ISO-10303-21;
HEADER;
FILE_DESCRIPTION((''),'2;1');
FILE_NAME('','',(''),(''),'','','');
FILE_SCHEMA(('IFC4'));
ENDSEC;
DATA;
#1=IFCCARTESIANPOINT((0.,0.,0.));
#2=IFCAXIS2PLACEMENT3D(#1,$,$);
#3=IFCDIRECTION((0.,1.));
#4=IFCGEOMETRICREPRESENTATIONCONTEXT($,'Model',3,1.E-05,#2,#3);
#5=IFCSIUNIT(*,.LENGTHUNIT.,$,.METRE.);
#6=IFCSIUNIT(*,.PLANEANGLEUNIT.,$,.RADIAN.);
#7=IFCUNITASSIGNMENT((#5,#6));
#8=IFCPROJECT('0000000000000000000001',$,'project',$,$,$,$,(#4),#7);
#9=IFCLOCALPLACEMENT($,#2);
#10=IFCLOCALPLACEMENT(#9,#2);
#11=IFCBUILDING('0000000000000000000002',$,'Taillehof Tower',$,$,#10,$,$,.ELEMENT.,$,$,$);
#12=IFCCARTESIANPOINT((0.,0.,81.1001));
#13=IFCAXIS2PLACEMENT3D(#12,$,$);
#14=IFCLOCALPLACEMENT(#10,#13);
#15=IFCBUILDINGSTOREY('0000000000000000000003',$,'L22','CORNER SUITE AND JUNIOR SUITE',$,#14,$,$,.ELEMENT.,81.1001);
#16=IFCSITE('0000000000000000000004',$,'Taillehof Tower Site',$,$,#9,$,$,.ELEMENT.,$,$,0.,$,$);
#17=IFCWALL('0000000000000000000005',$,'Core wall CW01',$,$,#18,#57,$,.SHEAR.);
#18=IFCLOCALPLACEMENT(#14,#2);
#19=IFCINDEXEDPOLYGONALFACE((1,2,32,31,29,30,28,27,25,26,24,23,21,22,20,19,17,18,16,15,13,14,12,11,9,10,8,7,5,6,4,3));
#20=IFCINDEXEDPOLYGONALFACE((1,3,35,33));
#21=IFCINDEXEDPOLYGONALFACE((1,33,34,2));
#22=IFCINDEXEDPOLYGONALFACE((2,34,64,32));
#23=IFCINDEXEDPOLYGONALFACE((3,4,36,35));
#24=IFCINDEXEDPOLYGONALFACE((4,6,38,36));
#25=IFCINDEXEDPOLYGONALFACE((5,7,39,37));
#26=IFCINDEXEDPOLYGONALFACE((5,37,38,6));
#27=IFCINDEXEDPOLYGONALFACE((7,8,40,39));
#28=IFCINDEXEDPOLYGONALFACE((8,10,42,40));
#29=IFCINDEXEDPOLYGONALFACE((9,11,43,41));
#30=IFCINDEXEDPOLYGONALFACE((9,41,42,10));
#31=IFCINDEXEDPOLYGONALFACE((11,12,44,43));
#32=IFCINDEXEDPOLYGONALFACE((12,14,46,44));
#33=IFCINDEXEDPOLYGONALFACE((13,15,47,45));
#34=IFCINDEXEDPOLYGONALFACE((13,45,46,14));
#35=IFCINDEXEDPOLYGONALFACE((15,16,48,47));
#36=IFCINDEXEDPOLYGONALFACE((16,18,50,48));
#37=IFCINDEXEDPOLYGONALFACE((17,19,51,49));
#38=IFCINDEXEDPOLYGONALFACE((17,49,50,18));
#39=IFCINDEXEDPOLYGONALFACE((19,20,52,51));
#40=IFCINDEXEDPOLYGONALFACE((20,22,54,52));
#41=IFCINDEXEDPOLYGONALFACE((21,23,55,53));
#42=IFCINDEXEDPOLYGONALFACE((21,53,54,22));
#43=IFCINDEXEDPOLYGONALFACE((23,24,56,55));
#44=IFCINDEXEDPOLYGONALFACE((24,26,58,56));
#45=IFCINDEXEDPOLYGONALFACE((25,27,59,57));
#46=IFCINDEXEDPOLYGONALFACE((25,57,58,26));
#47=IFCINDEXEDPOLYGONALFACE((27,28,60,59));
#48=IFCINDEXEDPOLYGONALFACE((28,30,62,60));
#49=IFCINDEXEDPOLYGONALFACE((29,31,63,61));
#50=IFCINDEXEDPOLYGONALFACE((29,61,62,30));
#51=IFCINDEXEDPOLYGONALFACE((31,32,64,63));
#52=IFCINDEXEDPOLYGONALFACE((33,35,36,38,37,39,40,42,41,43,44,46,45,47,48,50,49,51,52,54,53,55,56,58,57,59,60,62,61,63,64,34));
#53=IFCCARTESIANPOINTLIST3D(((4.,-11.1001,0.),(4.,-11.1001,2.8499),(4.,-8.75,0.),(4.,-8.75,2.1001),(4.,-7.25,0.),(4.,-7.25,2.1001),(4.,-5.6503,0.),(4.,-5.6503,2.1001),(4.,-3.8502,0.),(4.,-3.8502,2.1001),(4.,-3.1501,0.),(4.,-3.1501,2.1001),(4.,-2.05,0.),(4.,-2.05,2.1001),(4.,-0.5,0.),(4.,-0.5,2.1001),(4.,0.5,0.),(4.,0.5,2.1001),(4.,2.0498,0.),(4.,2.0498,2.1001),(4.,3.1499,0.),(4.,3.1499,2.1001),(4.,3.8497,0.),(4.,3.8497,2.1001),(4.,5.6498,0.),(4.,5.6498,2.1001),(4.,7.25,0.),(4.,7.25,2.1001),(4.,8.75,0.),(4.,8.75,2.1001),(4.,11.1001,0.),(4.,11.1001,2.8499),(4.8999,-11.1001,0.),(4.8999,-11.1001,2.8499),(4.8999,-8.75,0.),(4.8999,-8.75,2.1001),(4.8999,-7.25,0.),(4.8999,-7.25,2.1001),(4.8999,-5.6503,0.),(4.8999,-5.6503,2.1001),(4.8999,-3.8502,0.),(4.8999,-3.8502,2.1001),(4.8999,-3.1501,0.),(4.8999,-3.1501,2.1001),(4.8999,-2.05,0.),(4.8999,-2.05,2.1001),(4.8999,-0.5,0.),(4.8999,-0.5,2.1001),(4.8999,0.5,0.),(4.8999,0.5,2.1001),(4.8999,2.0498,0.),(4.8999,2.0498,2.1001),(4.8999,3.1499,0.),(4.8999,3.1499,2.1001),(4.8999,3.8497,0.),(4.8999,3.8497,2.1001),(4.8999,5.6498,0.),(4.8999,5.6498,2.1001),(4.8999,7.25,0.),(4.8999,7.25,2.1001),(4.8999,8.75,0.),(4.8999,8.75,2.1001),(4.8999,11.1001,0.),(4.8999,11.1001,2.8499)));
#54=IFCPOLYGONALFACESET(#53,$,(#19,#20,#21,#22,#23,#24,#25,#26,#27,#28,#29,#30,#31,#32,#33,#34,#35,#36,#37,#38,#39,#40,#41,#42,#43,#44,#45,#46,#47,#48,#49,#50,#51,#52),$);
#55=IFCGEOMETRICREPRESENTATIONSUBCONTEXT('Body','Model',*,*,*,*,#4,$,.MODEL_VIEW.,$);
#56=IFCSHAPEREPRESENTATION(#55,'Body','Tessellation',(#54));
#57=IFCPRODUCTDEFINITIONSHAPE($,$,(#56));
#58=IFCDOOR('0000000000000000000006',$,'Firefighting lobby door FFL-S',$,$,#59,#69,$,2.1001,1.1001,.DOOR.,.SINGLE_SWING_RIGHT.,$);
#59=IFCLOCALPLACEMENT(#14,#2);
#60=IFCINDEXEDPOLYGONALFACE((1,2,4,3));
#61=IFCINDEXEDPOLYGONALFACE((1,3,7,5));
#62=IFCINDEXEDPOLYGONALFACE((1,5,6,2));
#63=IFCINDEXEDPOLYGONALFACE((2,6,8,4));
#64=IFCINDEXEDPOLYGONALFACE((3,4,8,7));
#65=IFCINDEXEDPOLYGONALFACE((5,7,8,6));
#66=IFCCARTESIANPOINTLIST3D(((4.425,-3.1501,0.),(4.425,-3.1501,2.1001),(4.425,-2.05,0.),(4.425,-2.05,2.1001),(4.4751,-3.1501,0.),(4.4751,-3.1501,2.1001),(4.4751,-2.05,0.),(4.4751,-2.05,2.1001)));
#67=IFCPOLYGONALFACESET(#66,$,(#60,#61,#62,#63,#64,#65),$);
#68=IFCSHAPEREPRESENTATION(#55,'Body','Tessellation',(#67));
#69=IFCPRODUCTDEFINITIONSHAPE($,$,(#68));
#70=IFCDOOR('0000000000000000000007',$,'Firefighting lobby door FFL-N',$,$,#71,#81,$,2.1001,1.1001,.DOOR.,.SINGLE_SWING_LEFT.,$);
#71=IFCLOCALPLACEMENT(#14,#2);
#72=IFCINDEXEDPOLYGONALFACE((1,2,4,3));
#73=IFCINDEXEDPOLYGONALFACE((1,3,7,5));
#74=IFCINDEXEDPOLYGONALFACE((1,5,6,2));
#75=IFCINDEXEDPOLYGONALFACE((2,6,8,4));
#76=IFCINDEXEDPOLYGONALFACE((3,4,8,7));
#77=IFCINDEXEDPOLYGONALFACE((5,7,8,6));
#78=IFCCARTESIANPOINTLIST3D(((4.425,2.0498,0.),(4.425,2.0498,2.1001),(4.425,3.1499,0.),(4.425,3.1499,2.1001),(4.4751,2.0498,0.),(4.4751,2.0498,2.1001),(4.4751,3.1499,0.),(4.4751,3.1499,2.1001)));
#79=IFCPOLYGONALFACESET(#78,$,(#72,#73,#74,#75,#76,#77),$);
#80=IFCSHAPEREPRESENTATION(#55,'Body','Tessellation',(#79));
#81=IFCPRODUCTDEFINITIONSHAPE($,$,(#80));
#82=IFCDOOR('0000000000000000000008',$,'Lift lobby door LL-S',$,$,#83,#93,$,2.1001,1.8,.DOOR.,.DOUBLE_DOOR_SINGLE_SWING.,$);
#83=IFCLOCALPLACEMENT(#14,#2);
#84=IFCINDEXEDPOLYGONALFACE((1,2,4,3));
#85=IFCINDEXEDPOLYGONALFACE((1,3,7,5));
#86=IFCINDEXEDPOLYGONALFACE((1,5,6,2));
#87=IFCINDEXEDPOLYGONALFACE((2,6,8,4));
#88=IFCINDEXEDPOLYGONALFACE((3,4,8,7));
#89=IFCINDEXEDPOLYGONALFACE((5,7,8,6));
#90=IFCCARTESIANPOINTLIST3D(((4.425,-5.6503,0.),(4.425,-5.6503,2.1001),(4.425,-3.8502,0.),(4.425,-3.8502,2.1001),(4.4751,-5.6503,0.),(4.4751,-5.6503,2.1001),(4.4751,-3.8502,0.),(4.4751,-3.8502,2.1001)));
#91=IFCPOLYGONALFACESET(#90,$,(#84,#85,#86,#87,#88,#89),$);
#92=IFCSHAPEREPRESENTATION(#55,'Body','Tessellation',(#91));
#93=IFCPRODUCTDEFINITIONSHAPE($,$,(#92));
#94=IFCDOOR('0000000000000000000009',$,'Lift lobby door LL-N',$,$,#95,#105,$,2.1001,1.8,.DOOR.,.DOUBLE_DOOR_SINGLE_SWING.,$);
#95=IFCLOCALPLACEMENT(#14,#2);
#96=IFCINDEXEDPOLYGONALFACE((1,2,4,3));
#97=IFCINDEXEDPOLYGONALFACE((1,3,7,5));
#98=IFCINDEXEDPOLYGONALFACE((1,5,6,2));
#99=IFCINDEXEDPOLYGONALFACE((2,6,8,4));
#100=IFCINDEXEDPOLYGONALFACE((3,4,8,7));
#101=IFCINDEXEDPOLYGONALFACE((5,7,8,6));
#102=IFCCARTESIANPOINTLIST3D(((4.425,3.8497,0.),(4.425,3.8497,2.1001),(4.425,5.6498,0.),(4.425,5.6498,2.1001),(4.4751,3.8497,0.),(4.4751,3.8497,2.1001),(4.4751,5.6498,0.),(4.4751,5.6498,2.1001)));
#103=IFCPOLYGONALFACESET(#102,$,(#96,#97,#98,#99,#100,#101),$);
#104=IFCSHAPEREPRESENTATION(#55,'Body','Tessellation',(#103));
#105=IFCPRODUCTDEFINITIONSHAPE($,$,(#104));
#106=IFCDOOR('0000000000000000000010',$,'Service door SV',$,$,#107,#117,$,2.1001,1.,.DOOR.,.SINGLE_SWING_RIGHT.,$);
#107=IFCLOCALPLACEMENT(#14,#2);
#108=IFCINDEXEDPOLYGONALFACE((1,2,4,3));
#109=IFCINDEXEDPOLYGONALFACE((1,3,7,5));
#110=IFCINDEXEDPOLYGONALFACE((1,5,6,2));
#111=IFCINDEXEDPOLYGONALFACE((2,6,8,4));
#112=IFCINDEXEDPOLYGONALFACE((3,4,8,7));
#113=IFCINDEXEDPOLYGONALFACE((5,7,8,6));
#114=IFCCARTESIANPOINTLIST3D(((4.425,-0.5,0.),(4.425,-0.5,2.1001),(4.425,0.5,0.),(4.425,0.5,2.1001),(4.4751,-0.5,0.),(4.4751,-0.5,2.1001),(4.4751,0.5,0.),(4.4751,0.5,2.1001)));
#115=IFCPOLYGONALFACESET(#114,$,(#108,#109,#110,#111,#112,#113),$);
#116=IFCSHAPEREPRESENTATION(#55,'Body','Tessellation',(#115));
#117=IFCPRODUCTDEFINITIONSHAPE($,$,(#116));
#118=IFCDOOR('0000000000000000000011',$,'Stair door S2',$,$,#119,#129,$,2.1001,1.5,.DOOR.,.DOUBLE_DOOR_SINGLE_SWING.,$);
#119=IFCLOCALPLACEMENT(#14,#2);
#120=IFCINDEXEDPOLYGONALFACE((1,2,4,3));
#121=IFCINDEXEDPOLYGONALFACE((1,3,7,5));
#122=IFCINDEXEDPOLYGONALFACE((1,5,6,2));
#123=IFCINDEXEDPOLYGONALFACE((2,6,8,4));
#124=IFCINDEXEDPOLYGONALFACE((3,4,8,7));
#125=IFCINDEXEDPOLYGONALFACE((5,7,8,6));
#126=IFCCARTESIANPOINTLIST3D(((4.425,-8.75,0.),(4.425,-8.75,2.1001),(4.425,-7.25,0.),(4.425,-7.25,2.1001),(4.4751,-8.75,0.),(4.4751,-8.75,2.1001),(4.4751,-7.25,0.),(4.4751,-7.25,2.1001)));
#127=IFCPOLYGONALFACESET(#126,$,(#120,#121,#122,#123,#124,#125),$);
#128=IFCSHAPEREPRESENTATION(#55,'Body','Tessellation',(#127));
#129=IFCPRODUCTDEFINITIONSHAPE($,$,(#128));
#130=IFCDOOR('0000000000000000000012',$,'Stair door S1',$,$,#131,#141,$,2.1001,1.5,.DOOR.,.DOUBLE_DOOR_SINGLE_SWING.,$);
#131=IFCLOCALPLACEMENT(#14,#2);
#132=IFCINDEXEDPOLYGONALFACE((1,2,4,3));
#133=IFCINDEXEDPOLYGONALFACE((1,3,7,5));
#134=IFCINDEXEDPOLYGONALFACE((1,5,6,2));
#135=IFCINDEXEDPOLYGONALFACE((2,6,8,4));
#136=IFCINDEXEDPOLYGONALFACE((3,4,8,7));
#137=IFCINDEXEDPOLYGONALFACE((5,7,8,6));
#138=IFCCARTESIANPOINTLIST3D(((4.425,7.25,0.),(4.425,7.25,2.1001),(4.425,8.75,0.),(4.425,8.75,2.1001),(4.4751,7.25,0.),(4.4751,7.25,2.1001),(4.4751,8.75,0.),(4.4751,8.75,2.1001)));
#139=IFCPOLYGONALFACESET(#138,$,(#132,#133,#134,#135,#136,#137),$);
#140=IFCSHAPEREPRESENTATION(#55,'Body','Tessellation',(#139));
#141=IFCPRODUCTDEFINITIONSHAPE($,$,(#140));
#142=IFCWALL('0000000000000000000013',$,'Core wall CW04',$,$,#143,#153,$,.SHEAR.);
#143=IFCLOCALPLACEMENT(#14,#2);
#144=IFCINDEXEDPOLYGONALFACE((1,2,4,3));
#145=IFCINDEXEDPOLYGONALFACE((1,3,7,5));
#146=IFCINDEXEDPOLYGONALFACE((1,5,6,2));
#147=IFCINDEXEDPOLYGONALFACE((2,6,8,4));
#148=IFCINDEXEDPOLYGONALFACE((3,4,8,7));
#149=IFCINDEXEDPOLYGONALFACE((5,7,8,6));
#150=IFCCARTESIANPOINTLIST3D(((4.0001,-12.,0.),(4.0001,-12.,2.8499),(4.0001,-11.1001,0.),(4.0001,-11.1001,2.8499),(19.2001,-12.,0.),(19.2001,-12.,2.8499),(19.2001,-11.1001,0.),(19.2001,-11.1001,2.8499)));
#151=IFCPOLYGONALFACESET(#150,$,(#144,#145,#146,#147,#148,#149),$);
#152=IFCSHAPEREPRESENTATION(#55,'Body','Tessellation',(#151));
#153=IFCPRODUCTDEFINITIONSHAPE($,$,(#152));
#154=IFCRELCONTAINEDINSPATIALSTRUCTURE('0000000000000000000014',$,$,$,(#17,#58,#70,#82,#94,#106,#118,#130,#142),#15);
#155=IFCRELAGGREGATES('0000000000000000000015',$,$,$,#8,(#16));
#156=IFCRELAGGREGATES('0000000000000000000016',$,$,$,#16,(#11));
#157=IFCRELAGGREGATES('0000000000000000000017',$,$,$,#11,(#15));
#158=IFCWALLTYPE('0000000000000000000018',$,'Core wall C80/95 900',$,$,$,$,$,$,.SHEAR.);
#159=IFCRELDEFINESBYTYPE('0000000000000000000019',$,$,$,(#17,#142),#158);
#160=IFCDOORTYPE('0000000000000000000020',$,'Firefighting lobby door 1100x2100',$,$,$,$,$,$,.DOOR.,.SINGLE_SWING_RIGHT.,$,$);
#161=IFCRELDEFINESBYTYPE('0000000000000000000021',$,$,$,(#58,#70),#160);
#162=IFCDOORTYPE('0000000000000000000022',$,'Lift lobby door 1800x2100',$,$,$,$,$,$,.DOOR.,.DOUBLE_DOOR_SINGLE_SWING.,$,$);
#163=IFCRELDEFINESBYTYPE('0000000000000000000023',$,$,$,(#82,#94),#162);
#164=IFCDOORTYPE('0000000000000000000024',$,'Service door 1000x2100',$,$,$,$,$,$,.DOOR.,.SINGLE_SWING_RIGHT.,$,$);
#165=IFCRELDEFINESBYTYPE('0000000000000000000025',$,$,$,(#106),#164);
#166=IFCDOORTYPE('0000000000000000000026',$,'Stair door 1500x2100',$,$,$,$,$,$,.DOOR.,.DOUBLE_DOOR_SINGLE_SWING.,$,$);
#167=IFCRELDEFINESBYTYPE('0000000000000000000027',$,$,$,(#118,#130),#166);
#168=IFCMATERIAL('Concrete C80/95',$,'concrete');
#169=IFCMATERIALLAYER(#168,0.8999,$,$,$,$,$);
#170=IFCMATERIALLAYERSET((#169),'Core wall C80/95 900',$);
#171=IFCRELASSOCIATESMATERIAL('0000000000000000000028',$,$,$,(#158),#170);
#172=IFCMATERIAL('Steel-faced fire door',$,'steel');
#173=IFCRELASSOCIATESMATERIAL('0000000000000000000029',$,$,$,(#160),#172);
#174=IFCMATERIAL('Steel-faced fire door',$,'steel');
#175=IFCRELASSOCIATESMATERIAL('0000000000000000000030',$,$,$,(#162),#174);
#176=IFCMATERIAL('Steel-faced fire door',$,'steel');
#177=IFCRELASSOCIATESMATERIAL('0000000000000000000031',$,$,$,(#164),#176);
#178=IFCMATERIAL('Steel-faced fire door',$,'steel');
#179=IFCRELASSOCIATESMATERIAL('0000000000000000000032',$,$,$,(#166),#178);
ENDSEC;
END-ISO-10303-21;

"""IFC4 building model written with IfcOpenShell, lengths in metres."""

from ifc_helpers import new_model, si_unit, direction, frame, frame_2d, origin, place, context, subcontext, project, spatial, rectangle, extrude, material, layer, layer_set, type_object, element, fill, save


model = new_model("IFC4")

# Units and contexts
model_context = context("Model", 3, precision=1e-05, world=origin(), true_north=direction((0.0, 1.0)))
body_context = subcontext(model_context, "Body", "Model", "MODEL_VIEW")
ifc_project = project(units=[si_unit("LENGTHUNIT", "METRE"), si_unit("PLANEANGLEUNIT", "RADIAN")], contexts=[model_context])

# Site, building, storey
site_placement = place(None, origin())
site = spatial("IfcSite", under=ifc_project, at=site_placement, Name="Taillehof Tower Site", CompositionType="ELEMENT", RefElevation=0.0)
building_placement = place(site_placement, origin())
building = spatial("IfcBuilding", under=site, at=building_placement, Name="Taillehof Tower", CompositionType="ELEMENT")
storey_placement = place(building_placement, frame((0.0, 0.0, 81.1001)))
storey = spatial("IfcBuildingStorey", under=building, at=storey_placement, Name="L22", Description="CORNER SUITE AND JUNIOR SUITE", CompositionType="ELEMENT", Elevation=81.1001)

# Wall, openings, doors
ifc_material_1 = material(Name="Concrete C80/95", Category="concrete")
ifc_layer_1 = layer(ifc_material_1, 0.8999)
ifc_layer_set_1 = layer_set([ifc_layer_1], Name="Core wall C80/95 900")
wall_type_1 = type_object("IfcWallType", Name="Core wall C80/95 900", PredefinedType="SHEAR", material=ifc_layer_set_1)
wall_1_placement = place(storey_placement, frame((4.45, -11.1001, 0.0), z_axis=(0.0, 0.0, 1.0), x_axis=(0.0, 1.0, 0.0)))
wall_1 = element("IfcWall", 1, at=wall_1_placement, inside=storey, type_object=wall_type_1, Name="Core wall CW01", PredefinedType="SHEAR", context=body_context, shape_type="SweptSolid", body=[
    extrude(rectangle(XDim=22.2002, YDim=0.8999, at=frame_2d((11.1001, 0.0))), origin(), (0.0, 0.0, 1.0), 2.8499),
])
opening_1_placement = place(wall_1_placement, frame((2.3501, 0.0, 0.0)))
opening_1 = element("IfcOpeningElement", 2, at=opening_1_placement, cuts=wall_1, PredefinedType="OPENING", context=body_context, shape_type="SweptSolid", body=[
    extrude(rectangle(XDim=1.5, YDim=2.1001, at=frame_2d((0.75, 1.05))), frame((0.0, 0.46, 0.0), z_axis=(0.0, -1.0, 0.0), x_axis=(1.0, 0.0, 0.0)), (0.0, 0.0, 1.0), 0.9199),
])
opening_2_placement = place(wall_1_placement, frame((5.45, 0.0, 0.0)))
opening_2 = element("IfcOpeningElement", 3, at=opening_2_placement, cuts=wall_1, PredefinedType="OPENING", context=body_context, shape_type="SweptSolid", body=[
    extrude(rectangle(XDim=1.8, YDim=2.1001, at=frame_2d((0.8999, 1.05))), frame((0.0, 0.46, 0.0), z_axis=(0.0, -1.0, 0.0), x_axis=(1.0, 0.0, 0.0)), (0.0, 0.0, 1.0), 0.9199),
])
opening_3_placement = place(wall_1_placement, frame((7.95, 0.0, 0.0)))
opening_3 = element("IfcOpeningElement", 4, at=opening_3_placement, cuts=wall_1, PredefinedType="OPENING", context=body_context, shape_type="SweptSolid", body=[
    extrude(rectangle(XDim=1.1001, YDim=2.1001, at=frame_2d((0.55, 1.05))), frame((0.0, 0.46, 0.0), z_axis=(0.0, -1.0, 0.0), x_axis=(1.0, 0.0, 0.0)), (0.0, 0.0, 1.0), 0.9199),
])
opening_4_placement = place(wall_1_placement, frame((10.6001, 0.0, 0.0)))
opening_4 = element("IfcOpeningElement", 5, at=opening_4_placement, cuts=wall_1, PredefinedType="OPENING", context=body_context, shape_type="SweptSolid", body=[
    extrude(rectangle(XDim=1.0, YDim=2.1001, at=frame_2d((0.5, 1.05))), frame((0.0, 0.46, 0.0), z_axis=(0.0, -1.0, 0.0), x_axis=(1.0, 0.0, 0.0)), (0.0, 0.0, 1.0), 0.9199),
])
opening_5_placement = place(wall_1_placement, frame((13.1499, 0.0, 0.0)))
opening_5 = element("IfcOpeningElement", 6, at=opening_5_placement, cuts=wall_1, PredefinedType="OPENING", context=body_context, shape_type="SweptSolid", body=[
    extrude(rectangle(XDim=1.1001, YDim=2.1001, at=frame_2d((0.55, 1.05))), frame((0.0, 0.46, 0.0), z_axis=(0.0, -1.0, 0.0), x_axis=(1.0, 0.0, 0.0)), (0.0, 0.0, 1.0), 0.9199),
])
opening_6_placement = place(wall_1_placement, frame((14.95, 0.0, 0.0)))
opening_6 = element("IfcOpeningElement", 7, at=opening_6_placement, cuts=wall_1, PredefinedType="OPENING", context=body_context, shape_type="SweptSolid", body=[
    extrude(rectangle(XDim=1.8, YDim=2.1001, at=frame_2d((0.8999, 1.05))), frame((0.0, 0.46, 0.0), z_axis=(0.0, -1.0, 0.0), x_axis=(1.0, 0.0, 0.0)), (0.0, 0.0, 1.0), 0.9199),
])
opening_7_placement = place(wall_1_placement, frame((18.3501, 0.0, 0.0)))
opening_7 = element("IfcOpeningElement", 8, at=opening_7_placement, cuts=wall_1, PredefinedType="OPENING", context=body_context, shape_type="SweptSolid", body=[
    extrude(rectangle(XDim=1.5, YDim=2.1001, at=frame_2d((0.75, 1.05))), frame((0.0, 0.46, 0.0), z_axis=(0.0, -1.0, 0.0), x_axis=(1.0, 0.0, 0.0)), (0.0, 0.0, 1.0), 0.9199),
])
ifc_material_2 = material(Name="Steel-faced fire door", Category="steel")
door_type_1 = type_object("IfcDoorType", Name="Firefighting lobby door 1100x2100", OperationType="SINGLE_SWING_RIGHT", PredefinedType="DOOR", material=ifc_material_2)
door_1_placement = place(opening_3_placement, origin())
door_1 = element("IfcDoor", 9, at=door_1_placement, inside=storey, type_object=door_type_1, Name="Firefighting lobby door FFL-S", OperationType="SINGLE_SWING_RIGHT", OverallHeight=2.1001, OverallWidth=1.1001, PredefinedType="DOOR", context=body_context, shape_type="SweptSolid", body=[
    extrude(rectangle(XDim=1.1001, YDim=2.1001, at=frame_2d((0.55, 1.05))), frame((0.0, 0.0249, 0.0), z_axis=(0.0, -1.0, 0.0), x_axis=(1.0, 0.0, 0.0)), (0.0, 0.0, 1.0), 0.05),
])
fill(opening_3, door_1)
door_2_placement = place(opening_5_placement, origin())
door_2 = element("IfcDoor", 10, at=door_2_placement, inside=storey, type_object=door_type_1, Name="Firefighting lobby door FFL-N", OperationType="SINGLE_SWING_LEFT", OverallHeight=2.1001, OverallWidth=1.1001, PredefinedType="DOOR", context=body_context, shape_type="SweptSolid", body=[
    extrude(rectangle(XDim=1.1001, YDim=2.1001, at=frame_2d((0.55, 1.05))), frame((0.0, 0.0249, 0.0), z_axis=(0.0, -1.0, 0.0), x_axis=(1.0, 0.0, 0.0)), (0.0, 0.0, 1.0), 0.05),
])
fill(opening_5, door_2)
ifc_material_3 = material(Name="Steel-faced fire door", Category="steel")
door_type_2 = type_object("IfcDoorType", Name="Lift lobby door 1800x2100", OperationType="DOUBLE_DOOR_SINGLE_SWING", PredefinedType="DOOR", material=ifc_material_3)
door_3_placement = place(opening_2_placement, origin())
door_3 = element("IfcDoor", 11, at=door_3_placement, inside=storey, type_object=door_type_2, Name="Lift lobby door LL-S", OperationType="DOUBLE_DOOR_SINGLE_SWING", OverallHeight=2.1001, OverallWidth=1.8, PredefinedType="DOOR", context=body_context, shape_type="SweptSolid", body=[
    extrude(rectangle(XDim=1.8, YDim=2.1001, at=frame_2d((0.8999, 1.05))), frame((0.0, 0.0249, 0.0), z_axis=(0.0, -1.0, 0.0), x_axis=(1.0, 0.0, 0.0)), (0.0, 0.0, 1.0), 0.05),
])
fill(opening_2, door_3)
door_4_placement = place(opening_6_placement, origin())
door_4 = element("IfcDoor", 12, at=door_4_placement, inside=storey, type_object=door_type_2, Name="Lift lobby door LL-N", OperationType="DOUBLE_DOOR_SINGLE_SWING", OverallHeight=2.1001, OverallWidth=1.8, PredefinedType="DOOR", context=body_context, shape_type="SweptSolid", body=[
    extrude(rectangle(XDim=1.8, YDim=2.1001, at=frame_2d((0.8999, 1.05))), frame((0.0, 0.0249, 0.0), z_axis=(0.0, -1.0, 0.0), x_axis=(1.0, 0.0, 0.0)), (0.0, 0.0, 1.0), 0.05),
])
fill(opening_6, door_4)
ifc_material_4 = material(Name="Steel-faced fire door", Category="steel")
door_type_3 = type_object("IfcDoorType", Name="Service door 1000x2100", OperationType="SINGLE_SWING_RIGHT", PredefinedType="DOOR", material=ifc_material_4)
door_5_placement = place(opening_4_placement, origin())
door_5 = element("IfcDoor", 13, at=door_5_placement, inside=storey, type_object=door_type_3, Name="Service door SV", OperationType="SINGLE_SWING_RIGHT", OverallHeight=2.1001, OverallWidth=1.0, PredefinedType="DOOR", context=body_context, shape_type="SweptSolid", body=[
    extrude(rectangle(XDim=1.0, YDim=2.1001, at=frame_2d((0.5, 1.05))), frame((0.0, 0.0249, 0.0), z_axis=(0.0, -1.0, 0.0), x_axis=(1.0, 0.0, 0.0)), (0.0, 0.0, 1.0), 0.05),
])
fill(opening_4, door_5)
ifc_material_5 = material(Name="Steel-faced fire door", Category="steel")
door_type_4 = type_object("IfcDoorType", Name="Stair door 1500x2100", OperationType="DOUBLE_DOOR_SINGLE_SWING", PredefinedType="DOOR", material=ifc_material_5)
door_6_placement = place(opening_1_placement, origin())
door_6 = element("IfcDoor", 14, at=door_6_placement, inside=storey, type_object=door_type_4, Name="Stair door S2", OperationType="DOUBLE_DOOR_SINGLE_SWING", OverallHeight=2.1001, OverallWidth=1.5, PredefinedType="DOOR", context=body_context, shape_type="SweptSolid", body=[
    extrude(rectangle(XDim=1.5, YDim=2.1001, at=frame_2d((0.75, 1.05))), frame((0.0, 0.0249, 0.0), z_axis=(0.0, -1.0, 0.0), x_axis=(1.0, 0.0, 0.0)), (0.0, 0.0, 1.0), 0.05),
])
fill(opening_1, door_6)
door_7_placement = place(opening_7_placement, origin())
door_7 = element("IfcDoor", 15, at=door_7_placement, inside=storey, type_object=door_type_4, Name="Stair door S1", OperationType="DOUBLE_DOOR_SINGLE_SWING", OverallHeight=2.1001, OverallWidth=1.5, PredefinedType="DOOR", context=body_context, shape_type="SweptSolid", body=[
    extrude(rectangle(XDim=1.5, YDim=2.1001, at=frame_2d((0.75, 1.05))), frame((0.0, 0.0249, 0.0), z_axis=(0.0, -1.0, 0.0), x_axis=(1.0, 0.0, 0.0)), (0.0, 0.0, 1.0), 0.05),
])
fill(opening_7, door_7)

# Wall
wall_2_placement = place(storey_placement, frame((4.0, -11.55, 0.0), z_axis=(0.0, 0.0, 1.0), x_axis=(1.0, 0.0, 0.0)))
element("IfcWall", 16, at=wall_2_placement, inside=storey, type_object=wall_type_1, Name="Core wall CW04", PredefinedType="SHEAR", context=body_context, shape_type="SweptSolid", body=[
    extrude(rectangle(XDim=15.2, YDim=0.8999, at=frame_2d((7.6001, 0.0))), origin(), (0.0, 0.0, 1.0), 2.8499),
])

save(model, "model.ifc")
